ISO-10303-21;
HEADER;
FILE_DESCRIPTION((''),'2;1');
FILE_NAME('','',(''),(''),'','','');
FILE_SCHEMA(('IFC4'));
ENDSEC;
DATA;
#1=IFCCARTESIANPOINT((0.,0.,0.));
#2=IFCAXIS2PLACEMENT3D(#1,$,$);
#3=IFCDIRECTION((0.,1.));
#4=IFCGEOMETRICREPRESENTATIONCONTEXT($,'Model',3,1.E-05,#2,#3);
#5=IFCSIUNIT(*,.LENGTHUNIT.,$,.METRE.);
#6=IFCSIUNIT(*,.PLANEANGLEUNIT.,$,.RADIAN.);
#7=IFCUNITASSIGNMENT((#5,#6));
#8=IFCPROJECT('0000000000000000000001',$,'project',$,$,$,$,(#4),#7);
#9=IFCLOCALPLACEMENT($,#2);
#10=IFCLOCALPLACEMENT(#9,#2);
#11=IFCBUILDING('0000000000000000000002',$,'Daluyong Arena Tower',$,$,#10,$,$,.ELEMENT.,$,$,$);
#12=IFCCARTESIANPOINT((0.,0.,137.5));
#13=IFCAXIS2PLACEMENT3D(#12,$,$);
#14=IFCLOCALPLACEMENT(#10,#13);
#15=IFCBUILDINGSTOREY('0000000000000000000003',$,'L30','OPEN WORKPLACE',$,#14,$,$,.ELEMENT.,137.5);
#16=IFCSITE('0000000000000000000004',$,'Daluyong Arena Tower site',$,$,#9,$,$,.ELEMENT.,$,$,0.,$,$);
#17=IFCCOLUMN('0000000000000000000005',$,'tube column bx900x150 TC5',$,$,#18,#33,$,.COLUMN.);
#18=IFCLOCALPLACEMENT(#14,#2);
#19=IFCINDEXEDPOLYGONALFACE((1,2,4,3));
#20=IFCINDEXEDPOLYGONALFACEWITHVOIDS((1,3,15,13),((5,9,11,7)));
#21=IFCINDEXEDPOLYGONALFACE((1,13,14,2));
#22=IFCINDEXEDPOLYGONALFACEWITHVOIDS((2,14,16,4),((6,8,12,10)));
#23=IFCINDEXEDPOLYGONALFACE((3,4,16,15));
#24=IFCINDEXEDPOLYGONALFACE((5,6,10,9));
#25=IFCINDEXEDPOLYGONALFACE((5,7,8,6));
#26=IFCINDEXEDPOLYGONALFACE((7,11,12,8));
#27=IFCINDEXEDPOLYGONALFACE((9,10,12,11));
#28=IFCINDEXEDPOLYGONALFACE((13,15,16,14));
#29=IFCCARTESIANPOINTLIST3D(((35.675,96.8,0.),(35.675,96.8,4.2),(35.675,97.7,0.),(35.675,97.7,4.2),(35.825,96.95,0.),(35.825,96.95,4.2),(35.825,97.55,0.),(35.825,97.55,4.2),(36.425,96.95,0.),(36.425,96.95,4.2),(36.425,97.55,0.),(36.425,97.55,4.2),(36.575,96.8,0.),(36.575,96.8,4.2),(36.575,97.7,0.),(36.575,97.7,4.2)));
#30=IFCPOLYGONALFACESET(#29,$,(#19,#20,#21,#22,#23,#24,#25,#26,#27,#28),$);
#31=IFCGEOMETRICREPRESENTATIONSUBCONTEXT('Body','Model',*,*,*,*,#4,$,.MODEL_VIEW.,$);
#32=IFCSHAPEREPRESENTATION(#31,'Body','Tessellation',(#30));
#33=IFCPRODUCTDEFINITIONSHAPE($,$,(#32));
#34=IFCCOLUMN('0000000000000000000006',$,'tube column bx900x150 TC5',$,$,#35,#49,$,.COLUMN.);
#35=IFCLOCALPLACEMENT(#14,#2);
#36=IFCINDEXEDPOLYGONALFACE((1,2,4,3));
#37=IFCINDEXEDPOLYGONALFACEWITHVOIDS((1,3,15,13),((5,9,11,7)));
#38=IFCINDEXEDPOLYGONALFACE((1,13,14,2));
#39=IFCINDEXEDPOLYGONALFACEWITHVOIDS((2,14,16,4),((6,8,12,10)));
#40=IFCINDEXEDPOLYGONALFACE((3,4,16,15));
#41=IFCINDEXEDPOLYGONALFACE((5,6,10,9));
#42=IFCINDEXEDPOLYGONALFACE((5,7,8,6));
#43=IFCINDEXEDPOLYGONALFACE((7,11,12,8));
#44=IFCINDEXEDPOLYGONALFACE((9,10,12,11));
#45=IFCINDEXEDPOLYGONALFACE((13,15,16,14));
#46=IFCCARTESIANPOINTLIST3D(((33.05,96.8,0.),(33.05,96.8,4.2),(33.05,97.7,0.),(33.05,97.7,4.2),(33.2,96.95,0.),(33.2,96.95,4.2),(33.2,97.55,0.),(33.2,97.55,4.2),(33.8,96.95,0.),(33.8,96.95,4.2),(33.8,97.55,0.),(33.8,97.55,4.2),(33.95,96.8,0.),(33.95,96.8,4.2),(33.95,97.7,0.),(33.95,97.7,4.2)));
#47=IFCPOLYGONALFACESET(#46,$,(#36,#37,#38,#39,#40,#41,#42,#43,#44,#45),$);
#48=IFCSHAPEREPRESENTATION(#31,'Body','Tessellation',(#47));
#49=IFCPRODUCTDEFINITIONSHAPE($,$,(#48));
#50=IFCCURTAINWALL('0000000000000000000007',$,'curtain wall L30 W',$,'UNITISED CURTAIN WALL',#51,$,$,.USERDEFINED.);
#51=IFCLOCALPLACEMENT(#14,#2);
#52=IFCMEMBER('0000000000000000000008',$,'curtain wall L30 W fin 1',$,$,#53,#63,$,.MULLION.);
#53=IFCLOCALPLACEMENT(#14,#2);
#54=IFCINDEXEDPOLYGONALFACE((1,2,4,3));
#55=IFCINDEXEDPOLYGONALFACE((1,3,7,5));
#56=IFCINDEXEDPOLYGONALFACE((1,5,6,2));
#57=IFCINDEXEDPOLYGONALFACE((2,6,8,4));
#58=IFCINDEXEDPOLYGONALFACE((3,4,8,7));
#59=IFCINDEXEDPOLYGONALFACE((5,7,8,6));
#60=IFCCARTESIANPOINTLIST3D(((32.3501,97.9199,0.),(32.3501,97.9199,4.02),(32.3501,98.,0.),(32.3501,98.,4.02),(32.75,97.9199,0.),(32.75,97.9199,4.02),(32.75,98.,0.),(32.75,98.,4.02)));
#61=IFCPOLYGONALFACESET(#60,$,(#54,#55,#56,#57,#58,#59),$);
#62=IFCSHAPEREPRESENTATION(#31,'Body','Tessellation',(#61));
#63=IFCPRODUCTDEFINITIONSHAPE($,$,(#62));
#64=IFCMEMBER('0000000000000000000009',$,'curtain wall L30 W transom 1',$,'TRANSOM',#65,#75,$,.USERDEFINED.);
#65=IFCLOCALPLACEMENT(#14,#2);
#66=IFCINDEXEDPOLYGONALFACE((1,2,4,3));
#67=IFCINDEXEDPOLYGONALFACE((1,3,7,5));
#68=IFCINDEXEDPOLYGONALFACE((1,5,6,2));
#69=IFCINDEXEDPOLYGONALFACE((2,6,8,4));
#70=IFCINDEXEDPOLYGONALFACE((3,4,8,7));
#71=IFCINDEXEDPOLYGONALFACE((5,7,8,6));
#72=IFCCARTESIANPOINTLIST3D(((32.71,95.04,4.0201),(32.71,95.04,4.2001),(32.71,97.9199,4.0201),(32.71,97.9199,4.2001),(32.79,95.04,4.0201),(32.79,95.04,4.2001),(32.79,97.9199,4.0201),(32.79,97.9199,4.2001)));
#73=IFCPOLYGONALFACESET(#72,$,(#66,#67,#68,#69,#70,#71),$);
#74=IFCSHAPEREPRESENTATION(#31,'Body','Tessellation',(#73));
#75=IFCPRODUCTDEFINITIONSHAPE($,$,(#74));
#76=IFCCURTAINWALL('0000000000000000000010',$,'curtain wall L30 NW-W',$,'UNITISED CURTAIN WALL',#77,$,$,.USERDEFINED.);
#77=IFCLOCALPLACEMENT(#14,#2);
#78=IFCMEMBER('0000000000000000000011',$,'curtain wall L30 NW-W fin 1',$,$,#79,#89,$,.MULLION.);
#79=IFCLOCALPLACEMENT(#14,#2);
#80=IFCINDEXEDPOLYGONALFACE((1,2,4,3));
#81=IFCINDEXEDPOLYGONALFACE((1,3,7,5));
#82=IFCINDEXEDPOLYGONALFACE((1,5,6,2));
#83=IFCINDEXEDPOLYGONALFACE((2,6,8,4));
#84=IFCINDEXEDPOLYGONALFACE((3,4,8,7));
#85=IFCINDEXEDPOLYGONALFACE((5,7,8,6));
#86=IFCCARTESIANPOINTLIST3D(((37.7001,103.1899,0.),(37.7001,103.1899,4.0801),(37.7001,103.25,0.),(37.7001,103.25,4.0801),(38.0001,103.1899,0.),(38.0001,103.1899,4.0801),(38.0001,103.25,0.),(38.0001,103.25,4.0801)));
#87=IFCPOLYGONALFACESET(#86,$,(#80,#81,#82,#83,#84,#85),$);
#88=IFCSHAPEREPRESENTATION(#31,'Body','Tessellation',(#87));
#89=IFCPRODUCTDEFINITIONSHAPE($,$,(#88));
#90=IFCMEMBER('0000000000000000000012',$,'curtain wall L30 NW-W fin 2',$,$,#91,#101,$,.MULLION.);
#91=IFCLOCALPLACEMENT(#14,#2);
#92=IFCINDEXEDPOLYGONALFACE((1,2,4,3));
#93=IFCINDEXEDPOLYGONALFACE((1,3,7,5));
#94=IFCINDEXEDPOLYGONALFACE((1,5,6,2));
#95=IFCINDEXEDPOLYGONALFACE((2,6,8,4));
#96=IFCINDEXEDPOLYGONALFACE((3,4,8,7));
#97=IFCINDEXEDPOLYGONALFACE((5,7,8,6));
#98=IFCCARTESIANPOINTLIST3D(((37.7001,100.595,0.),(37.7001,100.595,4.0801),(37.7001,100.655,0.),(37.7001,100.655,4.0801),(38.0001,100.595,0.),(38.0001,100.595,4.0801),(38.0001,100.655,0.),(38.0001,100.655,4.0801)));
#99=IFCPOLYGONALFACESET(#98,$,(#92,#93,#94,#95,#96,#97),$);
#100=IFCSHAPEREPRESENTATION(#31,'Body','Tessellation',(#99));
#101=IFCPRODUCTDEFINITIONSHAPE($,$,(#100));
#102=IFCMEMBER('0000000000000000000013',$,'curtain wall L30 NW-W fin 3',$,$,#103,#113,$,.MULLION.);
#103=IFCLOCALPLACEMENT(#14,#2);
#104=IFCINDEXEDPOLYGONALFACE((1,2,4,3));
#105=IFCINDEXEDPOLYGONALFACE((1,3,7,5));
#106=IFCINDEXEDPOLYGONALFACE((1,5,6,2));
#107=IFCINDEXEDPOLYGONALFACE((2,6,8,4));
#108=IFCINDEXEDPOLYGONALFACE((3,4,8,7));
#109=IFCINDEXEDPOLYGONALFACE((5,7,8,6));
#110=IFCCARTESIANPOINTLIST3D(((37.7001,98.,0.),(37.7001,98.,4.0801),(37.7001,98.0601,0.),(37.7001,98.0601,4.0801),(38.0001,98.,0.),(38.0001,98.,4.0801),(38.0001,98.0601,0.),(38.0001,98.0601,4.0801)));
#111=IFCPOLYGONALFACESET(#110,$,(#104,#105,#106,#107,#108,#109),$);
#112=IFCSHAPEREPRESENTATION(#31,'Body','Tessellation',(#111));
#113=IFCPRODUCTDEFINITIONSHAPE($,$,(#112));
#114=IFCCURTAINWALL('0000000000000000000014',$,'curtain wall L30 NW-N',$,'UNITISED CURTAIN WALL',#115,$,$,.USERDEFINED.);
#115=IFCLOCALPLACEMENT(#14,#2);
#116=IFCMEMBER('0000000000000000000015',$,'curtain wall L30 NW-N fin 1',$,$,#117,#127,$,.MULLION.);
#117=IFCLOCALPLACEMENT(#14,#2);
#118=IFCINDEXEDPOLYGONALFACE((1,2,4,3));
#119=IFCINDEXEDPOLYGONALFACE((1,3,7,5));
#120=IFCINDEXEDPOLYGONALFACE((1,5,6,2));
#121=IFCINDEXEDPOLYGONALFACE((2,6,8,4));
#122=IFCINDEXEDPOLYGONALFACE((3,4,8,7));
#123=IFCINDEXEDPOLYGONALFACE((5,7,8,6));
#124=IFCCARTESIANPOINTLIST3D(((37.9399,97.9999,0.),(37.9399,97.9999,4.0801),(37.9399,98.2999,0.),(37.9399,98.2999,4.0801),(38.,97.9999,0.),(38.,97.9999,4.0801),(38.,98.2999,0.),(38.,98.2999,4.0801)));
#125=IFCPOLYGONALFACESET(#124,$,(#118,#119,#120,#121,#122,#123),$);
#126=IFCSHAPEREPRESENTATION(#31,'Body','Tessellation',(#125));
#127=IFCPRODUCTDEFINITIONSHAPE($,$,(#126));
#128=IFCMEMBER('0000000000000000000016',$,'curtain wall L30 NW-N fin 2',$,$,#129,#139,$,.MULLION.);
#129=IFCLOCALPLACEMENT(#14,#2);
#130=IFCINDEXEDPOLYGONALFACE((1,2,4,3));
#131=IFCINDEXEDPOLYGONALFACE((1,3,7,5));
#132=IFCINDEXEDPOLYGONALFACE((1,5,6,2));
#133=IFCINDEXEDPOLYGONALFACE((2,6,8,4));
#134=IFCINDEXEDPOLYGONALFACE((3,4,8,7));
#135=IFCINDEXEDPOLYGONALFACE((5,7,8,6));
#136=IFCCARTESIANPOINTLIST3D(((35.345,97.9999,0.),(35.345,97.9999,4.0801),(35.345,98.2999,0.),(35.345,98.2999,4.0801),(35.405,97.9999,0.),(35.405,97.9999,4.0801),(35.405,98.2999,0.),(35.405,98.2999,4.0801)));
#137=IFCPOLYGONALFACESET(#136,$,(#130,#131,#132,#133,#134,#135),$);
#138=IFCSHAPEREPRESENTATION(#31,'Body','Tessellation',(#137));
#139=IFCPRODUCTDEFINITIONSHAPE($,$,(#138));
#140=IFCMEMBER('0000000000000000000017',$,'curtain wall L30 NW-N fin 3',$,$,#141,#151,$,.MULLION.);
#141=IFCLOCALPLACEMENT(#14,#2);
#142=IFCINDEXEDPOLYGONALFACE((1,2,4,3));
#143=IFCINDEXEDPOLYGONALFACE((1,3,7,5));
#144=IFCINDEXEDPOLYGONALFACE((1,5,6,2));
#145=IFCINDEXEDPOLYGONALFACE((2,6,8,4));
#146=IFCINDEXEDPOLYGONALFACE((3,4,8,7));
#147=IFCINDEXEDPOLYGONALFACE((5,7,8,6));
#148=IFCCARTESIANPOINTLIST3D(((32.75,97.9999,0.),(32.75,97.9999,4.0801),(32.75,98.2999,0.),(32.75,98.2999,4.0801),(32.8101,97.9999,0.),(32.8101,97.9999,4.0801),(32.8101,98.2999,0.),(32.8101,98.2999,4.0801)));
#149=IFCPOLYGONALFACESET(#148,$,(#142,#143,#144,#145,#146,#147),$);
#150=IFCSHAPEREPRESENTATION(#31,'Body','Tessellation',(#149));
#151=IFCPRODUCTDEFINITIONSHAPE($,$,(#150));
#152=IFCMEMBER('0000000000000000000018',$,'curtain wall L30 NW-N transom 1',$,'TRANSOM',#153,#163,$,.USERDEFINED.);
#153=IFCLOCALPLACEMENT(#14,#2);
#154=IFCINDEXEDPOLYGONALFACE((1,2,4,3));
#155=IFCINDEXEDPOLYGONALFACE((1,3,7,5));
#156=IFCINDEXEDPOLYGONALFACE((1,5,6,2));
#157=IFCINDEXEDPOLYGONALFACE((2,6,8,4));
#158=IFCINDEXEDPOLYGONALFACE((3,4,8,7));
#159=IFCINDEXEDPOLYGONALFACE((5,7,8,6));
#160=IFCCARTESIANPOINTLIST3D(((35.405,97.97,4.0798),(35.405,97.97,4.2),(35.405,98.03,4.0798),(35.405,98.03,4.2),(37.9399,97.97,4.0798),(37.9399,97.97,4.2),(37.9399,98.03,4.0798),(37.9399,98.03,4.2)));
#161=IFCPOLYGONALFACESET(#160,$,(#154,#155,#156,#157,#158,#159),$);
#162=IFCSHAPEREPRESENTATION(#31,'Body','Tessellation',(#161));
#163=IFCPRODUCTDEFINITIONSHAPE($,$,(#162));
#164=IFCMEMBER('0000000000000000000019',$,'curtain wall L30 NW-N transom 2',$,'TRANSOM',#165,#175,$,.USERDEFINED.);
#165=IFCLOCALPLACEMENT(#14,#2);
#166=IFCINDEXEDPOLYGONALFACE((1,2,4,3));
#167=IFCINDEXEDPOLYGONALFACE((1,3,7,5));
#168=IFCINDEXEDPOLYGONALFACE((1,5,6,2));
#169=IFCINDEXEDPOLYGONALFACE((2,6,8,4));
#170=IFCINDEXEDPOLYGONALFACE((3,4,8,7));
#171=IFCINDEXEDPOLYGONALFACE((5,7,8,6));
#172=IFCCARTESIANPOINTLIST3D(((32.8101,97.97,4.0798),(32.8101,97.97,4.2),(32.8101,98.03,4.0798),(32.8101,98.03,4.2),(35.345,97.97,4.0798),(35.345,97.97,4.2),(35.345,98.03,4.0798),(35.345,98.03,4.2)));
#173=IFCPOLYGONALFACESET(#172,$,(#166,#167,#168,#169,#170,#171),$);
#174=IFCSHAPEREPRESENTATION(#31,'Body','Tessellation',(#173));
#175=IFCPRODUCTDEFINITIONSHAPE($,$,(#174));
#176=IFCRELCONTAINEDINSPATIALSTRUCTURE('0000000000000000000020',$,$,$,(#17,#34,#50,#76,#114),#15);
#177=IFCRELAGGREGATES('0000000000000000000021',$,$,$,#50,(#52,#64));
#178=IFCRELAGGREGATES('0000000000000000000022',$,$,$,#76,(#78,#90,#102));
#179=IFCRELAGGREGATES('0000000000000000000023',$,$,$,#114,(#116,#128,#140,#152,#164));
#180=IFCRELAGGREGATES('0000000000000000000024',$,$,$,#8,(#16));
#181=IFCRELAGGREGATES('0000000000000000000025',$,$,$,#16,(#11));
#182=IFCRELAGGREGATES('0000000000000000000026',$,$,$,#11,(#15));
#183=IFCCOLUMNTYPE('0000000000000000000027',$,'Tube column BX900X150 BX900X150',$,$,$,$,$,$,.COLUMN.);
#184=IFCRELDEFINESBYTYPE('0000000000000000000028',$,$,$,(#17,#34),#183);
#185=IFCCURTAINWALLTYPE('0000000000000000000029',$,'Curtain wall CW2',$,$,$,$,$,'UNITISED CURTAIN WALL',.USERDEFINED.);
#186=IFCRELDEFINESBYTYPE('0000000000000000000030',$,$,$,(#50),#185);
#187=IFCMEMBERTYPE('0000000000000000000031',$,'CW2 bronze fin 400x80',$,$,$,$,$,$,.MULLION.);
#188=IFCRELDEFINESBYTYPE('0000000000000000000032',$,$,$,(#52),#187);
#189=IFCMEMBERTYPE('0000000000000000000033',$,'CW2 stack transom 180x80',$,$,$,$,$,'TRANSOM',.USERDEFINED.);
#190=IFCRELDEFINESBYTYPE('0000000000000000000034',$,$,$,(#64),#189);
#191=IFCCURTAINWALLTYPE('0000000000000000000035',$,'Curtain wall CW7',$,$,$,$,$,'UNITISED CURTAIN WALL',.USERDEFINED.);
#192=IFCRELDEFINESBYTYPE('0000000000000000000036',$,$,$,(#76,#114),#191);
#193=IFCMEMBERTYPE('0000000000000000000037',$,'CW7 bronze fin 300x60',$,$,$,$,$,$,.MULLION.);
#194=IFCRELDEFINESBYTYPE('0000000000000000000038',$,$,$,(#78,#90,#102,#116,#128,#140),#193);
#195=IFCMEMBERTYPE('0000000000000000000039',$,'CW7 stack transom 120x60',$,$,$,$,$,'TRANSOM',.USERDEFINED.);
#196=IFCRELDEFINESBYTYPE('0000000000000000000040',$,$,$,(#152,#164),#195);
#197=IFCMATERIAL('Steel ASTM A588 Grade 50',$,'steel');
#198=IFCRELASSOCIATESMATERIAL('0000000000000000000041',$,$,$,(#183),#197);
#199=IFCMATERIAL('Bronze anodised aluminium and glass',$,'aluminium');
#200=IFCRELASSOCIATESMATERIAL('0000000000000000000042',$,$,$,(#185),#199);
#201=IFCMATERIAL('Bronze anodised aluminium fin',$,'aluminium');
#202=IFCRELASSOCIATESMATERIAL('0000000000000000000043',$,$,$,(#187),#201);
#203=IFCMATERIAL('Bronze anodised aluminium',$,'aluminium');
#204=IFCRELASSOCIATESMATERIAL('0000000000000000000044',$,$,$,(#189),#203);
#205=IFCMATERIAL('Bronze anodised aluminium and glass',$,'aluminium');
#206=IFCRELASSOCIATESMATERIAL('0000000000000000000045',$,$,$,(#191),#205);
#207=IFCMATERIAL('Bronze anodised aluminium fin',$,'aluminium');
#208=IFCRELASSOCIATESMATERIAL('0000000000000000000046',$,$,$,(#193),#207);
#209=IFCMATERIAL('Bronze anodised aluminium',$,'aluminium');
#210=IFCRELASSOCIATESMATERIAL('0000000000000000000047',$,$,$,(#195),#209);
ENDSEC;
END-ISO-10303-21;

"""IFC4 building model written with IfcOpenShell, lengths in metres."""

from ifc_helpers import new_model, si_unit, direction, frame, origin, origin_2d, place, context, subcontext, project, spatial, rectangle, hollow_rectangle, extrude, material, material_profile, profile_set, type_object, element, aggregate, save


model = new_model("IFC4")

# Units and contexts
model_context = context("Model", 3, precision=1e-05, world=origin(), true_north=direction((0.0, 1.0)))
body_context = subcontext(model_context, "Body", "Model", "MODEL_VIEW")
ifc_project = project(units=[si_unit("LENGTHUNIT", "METRE"), si_unit("PLANEANGLEUNIT", "RADIAN")], contexts=[model_context])

# Site, building, storey
site_placement = place(None, origin())
site = spatial("IfcSite", under=ifc_project, at=site_placement, Name="Daluyong Arena Tower site", CompositionType="ELEMENT", RefElevation=0.0)
building_placement = place(site_placement, origin())
building = spatial("IfcBuilding", under=site, at=building_placement, Name="Daluyong Arena Tower", CompositionType="ELEMENT")
storey_placement = place(building_placement, frame((0.0, 0.0, 137.5)))
storey = spatial("IfcBuildingStorey", under=building, at=storey_placement, Name="L30", Description="OPEN WORKPLACE", CompositionType="ELEMENT", Elevation=137.5)

# Columns
ifc_material_1 = material(Name="Steel ASTM A588 Grade 50", Category="steel")
ifc_material_profile_1 = material_profile(ifc_material_1, hollow_rectangle(XDim=0.8999, YDim=0.8999, WallThickness=0.15, at=origin_2d()))
ifc_profile_set_1 = profile_set([ifc_material_profile_1], Name="Steel ASTM A588 Grade 50")
column_type = type_object("IfcColumnType", Name="Tube column BX900X150 BX900X150", PredefinedType="COLUMN", material=ifc_profile_set_1)
for number, where, z_axis, x_axis, name in (
    (1, (36.125, 97.25, 0.0), (0.0, 0.0, 1.0), (1.0, 0.0, 0.0), "tube column bx900x150 TC5"),
    (2, (33.5, 97.25, 0.0), (0.0, 0.0, 1.0), (0.0, 1.0, 0.0), "tube column bx900x150 TC5"),
):
    element("IfcColumn", number, at=place(storey_placement, frame(where, z_axis=z_axis, x_axis=x_axis)), inside=storey, type_object=column_type, Name=name, PredefinedType="COLUMN", context=body_context, shape_type="SweptSolid", body=[
        extrude(hollow_rectangle(XDim=0.8999, YDim=0.8999, WallThickness=0.15, at=origin_2d()), origin(), (0.0, 0.0, 1.0), 4.2),
    ])

# Curtain walls, members
ifc_material_2 = material(Name="Bronze anodised aluminium and glass", Category="aluminium")
curtain_wall_type_1 = type_object("IfcCurtainWallType", Name="Curtain wall CW2", ElementType="UNITISED CURTAIN WALL", PredefinedType="USERDEFINED", material=ifc_material_2)
curtain_wall_1_placement = place(storey_placement, origin())
curtain_wall_1 = element("IfcCurtainWall", 3, at=curtain_wall_1_placement, inside=storey, type_object=curtain_wall_type_1, Name="curtain wall L30 W", ObjectType="UNITISED CURTAIN WALL", PredefinedType="USERDEFINED")
ifc_material_3 = material(Name="Bronze anodised aluminium fin", Category="aluminium")
ifc_material_profile_2 = material_profile(ifc_material_3, rectangle(XDim=0.3999, YDim=0.0801, at=origin_2d()))
ifc_profile_set_2 = profile_set([ifc_material_profile_2], Name="Bronze anodised aluminium fin")
member_type_1 = type_object("IfcMemberType", Name="CW2 bronze fin 400x80", PredefinedType="MULLION", material=ifc_profile_set_2)
member_1_placement = place(storey_placement, frame((32.55, 97.96, 0.0), z_axis=(0.0, 0.0, 1.0), x_axis=(1.0, 0.0, 0.0)))
member_1 = element("IfcMember", 4, at=member_1_placement, type_object=member_type_1, Name="curtain wall L30 W fin 1", PredefinedType="MULLION", context=body_context, shape_type="SweptSolid", body=[
    extrude(rectangle(XDim=0.3999, YDim=0.0801, at=origin_2d()), origin(), (0.0, 0.0, 1.0), 4.02),
])
ifc_material_4 = material(Name="Bronze anodised aluminium", Category="aluminium")
ifc_material_profile_3 = material_profile(ifc_material_4, rectangle(XDim=0.0801, YDim=0.1799, at=origin_2d()))
ifc_profile_set_3 = profile_set([ifc_material_profile_3], Name="Bronze anodised aluminium")
member_type_2 = type_object("IfcMemberType", Name="CW2 stack transom 180x80", ElementType="TRANSOM", PredefinedType="USERDEFINED", material=ifc_profile_set_3)
member_2_placement = place(storey_placement, frame((32.75, 97.9199, 4.1101), z_axis=(0.0, -1.0, 0.0), x_axis=(1.0, 0.0, 0.0)))
member_2 = element("IfcMember", 5, at=member_2_placement, type_object=member_type_2, Name="curtain wall L30 W transom 1", ObjectType="TRANSOM", PredefinedType="USERDEFINED", context=body_context, shape_type="SweptSolid", body=[
    extrude(rectangle(XDim=0.0801, YDim=0.1799, at=origin_2d()), origin(), (0.0, 0.0, 1.0), 2.8799),
])
aggregate(curtain_wall_1, [member_1, member_2])
ifc_material_5 = material(Name="Bronze anodised aluminium and glass", Category="aluminium")
curtain_wall_type_2 = type_object("IfcCurtainWallType", Name="Curtain wall CW7", ElementType="UNITISED CURTAIN WALL", PredefinedType="USERDEFINED", material=ifc_material_5)
curtain_wall_2_placement = place(storey_placement, origin())
curtain_wall_2 = element("IfcCurtainWall", 6, at=curtain_wall_2_placement, inside=storey, type_object=curtain_wall_type_2, Name="curtain wall L30 NW-W", ObjectType="UNITISED CURTAIN WALL", PredefinedType="USERDEFINED")
ifc_material_6 = material(Name="Bronze anodised aluminium fin", Category="aluminium")
ifc_material_profile_4 = material_profile(ifc_material_6, rectangle(XDim=0.3, YDim=0.0601, at=origin_2d()))
ifc_profile_set_4 = profile_set([ifc_material_profile_4], Name="Bronze anodised aluminium fin")
member_type_3 = type_object("IfcMemberType", Name="CW7 bronze fin 300x60", PredefinedType="MULLION", material=ifc_profile_set_4)
member_3_placement = place(storey_placement, frame((37.8501, 103.22, 0.0), z_axis=(0.0, 0.0, 1.0), x_axis=(1.0, 0.0, 0.0)))
member_3 = element("IfcMember", 7, at=member_3_placement, type_object=member_type_3, Name="curtain wall L30 NW-W fin 1", PredefinedType="MULLION", context=body_context, shape_type="SweptSolid", body=[
    extrude(rectangle(XDim=0.3, YDim=0.0601, at=origin_2d()), origin(), (0.0, 0.0, 1.0), 4.0801),
])
member_4_placement = place(storey_placement, frame((37.8501, 100.625, 0.0), z_axis=(0.0, 0.0, 1.0), x_axis=(1.0, 0.0, 0.0)))
member_4 = element("IfcMember", 8, at=member_4_placement, type_object=member_type_3, Name="curtain wall L30 NW-W fin 2", PredefinedType="MULLION", context=body_context, shape_type="SweptSolid", body=[
    extrude(rectangle(XDim=0.3, YDim=0.0601, at=origin_2d()), origin(), (0.0, 0.0, 1.0), 4.0801),
])
member_5_placement = place(storey_placement, frame((37.8501, 98.03, 0.0), z_axis=(0.0, 0.0, 1.0), x_axis=(1.0, 0.0, 0.0)))
member_5 = element("IfcMember", 9, at=member_5_placement, type_object=member_type_3, Name="curtain wall L30 NW-W fin 3", PredefinedType="MULLION", context=body_context, shape_type="SweptSolid", body=[
    extrude(rectangle(XDim=0.3, YDim=0.0601, at=origin_2d()), origin(), (0.0, 0.0, 1.0), 4.0801),
])
aggregate(curtain_wall_2, [member_3, member_4, member_5])
curtain_wall_3_placement = place(storey_placement, origin())
curtain_wall_3 = element("IfcCurtainWall", 10, at=curtain_wall_3_placement, inside=storey, type_object=curtain_wall_type_2, Name="curtain wall L30 NW-N", ObjectType="UNITISED CURTAIN WALL", PredefinedType="USERDEFINED")
member_6_placement = place(storey_placement, frame((37.97, 98.1499, 0.0), z_axis=(0.0, 0.0, 1.0), x_axis=(0.0, -1.0, 0.0)))
member_6 = element("IfcMember", 11, at=member_6_placement, type_object=member_type_3, Name="curtain wall L30 NW-N fin 1", PredefinedType="MULLION", context=body_context, shape_type="SweptSolid", body=[
    extrude(rectangle(XDim=0.3, YDim=0.0601, at=origin_2d()), origin(), (0.0, 0.0, 1.0), 4.0801),
])
member_7_placement = place(storey_placement, frame((35.375, 98.1499, 0.0), z_axis=(0.0, 0.0, 1.0), x_axis=(0.0, -1.0, 0.0)))
member_7 = element("IfcMember", 12, at=member_7_placement, type_object=member_type_3, Name="curtain wall L30 NW-N fin 2", PredefinedType="MULLION", context=body_context, shape_type="SweptSolid", body=[
    extrude(rectangle(XDim=0.3, YDim=0.0601, at=origin_2d()), origin(), (0.0, 0.0, 1.0), 4.0801),
])
member_8_placement = place(storey_placement, frame((32.78, 98.1499, 0.0), z_axis=(0.0, 0.0, 1.0), x_axis=(0.0, -1.0, 0.0)))
member_8 = element("IfcMember", 13, at=member_8_placement, type_object=member_type_3, Name="curtain wall L30 NW-N fin 3", PredefinedType="MULLION", context=body_context, shape_type="SweptSolid", body=[
    extrude(rectangle(XDim=0.3, YDim=0.0601, at=origin_2d()), origin(), (0.0, 0.0, 1.0), 4.0801),
])
ifc_material_7 = material(Name="Bronze anodised aluminium", Category="aluminium")
ifc_material_profile_5 = material_profile(ifc_material_7, rectangle(XDim=0.0601, YDim=0.1201, at=origin_2d()))
ifc_profile_set_5 = profile_set([ifc_material_profile_5], Name="Bronze anodised aluminium")
member_type_4 = type_object("IfcMemberType", Name="CW7 stack transom 120x60", ElementType="TRANSOM", PredefinedType="USERDEFINED", material=ifc_profile_set_5)
member_9_placement = place(storey_placement, frame((37.9399, 98.0, 4.1399), z_axis=(-1.0, 0.0, 0.0), x_axis=(0.0, -1.0, 0.0)))
member_9 = element("IfcMember", 14, at=member_9_placement, type_object=member_type_4, Name="curtain wall L30 NW-N transom 1", ObjectType="TRANSOM", PredefinedType="USERDEFINED", context=body_context, shape_type="SweptSolid", body=[
    extrude(rectangle(XDim=0.0601, YDim=0.1201, at=origin_2d()), origin(), (0.0, 0.0, 1.0), 2.5349),
])
member_10_placement = place(storey_placement, frame((35.345, 98.0, 4.1399), z_axis=(-1.0, 0.0, 0.0), x_axis=(0.0, -1.0, 0.0)))
member_10 = element("IfcMember", 15, at=member_10_placement, type_object=member_type_4, Name="curtain wall L30 NW-N transom 2", ObjectType="TRANSOM", PredefinedType="USERDEFINED", context=body_context, shape_type="SweptSolid", body=[
    extrude(rectangle(XDim=0.0601, YDim=0.1201, at=origin_2d()), origin(), (0.0, 0.0, 1.0), 2.5349),
])

aggregate(curtain_wall_3, [member_6, member_7, member_8, member_9, member_10])

save(model, "model.ifc")
